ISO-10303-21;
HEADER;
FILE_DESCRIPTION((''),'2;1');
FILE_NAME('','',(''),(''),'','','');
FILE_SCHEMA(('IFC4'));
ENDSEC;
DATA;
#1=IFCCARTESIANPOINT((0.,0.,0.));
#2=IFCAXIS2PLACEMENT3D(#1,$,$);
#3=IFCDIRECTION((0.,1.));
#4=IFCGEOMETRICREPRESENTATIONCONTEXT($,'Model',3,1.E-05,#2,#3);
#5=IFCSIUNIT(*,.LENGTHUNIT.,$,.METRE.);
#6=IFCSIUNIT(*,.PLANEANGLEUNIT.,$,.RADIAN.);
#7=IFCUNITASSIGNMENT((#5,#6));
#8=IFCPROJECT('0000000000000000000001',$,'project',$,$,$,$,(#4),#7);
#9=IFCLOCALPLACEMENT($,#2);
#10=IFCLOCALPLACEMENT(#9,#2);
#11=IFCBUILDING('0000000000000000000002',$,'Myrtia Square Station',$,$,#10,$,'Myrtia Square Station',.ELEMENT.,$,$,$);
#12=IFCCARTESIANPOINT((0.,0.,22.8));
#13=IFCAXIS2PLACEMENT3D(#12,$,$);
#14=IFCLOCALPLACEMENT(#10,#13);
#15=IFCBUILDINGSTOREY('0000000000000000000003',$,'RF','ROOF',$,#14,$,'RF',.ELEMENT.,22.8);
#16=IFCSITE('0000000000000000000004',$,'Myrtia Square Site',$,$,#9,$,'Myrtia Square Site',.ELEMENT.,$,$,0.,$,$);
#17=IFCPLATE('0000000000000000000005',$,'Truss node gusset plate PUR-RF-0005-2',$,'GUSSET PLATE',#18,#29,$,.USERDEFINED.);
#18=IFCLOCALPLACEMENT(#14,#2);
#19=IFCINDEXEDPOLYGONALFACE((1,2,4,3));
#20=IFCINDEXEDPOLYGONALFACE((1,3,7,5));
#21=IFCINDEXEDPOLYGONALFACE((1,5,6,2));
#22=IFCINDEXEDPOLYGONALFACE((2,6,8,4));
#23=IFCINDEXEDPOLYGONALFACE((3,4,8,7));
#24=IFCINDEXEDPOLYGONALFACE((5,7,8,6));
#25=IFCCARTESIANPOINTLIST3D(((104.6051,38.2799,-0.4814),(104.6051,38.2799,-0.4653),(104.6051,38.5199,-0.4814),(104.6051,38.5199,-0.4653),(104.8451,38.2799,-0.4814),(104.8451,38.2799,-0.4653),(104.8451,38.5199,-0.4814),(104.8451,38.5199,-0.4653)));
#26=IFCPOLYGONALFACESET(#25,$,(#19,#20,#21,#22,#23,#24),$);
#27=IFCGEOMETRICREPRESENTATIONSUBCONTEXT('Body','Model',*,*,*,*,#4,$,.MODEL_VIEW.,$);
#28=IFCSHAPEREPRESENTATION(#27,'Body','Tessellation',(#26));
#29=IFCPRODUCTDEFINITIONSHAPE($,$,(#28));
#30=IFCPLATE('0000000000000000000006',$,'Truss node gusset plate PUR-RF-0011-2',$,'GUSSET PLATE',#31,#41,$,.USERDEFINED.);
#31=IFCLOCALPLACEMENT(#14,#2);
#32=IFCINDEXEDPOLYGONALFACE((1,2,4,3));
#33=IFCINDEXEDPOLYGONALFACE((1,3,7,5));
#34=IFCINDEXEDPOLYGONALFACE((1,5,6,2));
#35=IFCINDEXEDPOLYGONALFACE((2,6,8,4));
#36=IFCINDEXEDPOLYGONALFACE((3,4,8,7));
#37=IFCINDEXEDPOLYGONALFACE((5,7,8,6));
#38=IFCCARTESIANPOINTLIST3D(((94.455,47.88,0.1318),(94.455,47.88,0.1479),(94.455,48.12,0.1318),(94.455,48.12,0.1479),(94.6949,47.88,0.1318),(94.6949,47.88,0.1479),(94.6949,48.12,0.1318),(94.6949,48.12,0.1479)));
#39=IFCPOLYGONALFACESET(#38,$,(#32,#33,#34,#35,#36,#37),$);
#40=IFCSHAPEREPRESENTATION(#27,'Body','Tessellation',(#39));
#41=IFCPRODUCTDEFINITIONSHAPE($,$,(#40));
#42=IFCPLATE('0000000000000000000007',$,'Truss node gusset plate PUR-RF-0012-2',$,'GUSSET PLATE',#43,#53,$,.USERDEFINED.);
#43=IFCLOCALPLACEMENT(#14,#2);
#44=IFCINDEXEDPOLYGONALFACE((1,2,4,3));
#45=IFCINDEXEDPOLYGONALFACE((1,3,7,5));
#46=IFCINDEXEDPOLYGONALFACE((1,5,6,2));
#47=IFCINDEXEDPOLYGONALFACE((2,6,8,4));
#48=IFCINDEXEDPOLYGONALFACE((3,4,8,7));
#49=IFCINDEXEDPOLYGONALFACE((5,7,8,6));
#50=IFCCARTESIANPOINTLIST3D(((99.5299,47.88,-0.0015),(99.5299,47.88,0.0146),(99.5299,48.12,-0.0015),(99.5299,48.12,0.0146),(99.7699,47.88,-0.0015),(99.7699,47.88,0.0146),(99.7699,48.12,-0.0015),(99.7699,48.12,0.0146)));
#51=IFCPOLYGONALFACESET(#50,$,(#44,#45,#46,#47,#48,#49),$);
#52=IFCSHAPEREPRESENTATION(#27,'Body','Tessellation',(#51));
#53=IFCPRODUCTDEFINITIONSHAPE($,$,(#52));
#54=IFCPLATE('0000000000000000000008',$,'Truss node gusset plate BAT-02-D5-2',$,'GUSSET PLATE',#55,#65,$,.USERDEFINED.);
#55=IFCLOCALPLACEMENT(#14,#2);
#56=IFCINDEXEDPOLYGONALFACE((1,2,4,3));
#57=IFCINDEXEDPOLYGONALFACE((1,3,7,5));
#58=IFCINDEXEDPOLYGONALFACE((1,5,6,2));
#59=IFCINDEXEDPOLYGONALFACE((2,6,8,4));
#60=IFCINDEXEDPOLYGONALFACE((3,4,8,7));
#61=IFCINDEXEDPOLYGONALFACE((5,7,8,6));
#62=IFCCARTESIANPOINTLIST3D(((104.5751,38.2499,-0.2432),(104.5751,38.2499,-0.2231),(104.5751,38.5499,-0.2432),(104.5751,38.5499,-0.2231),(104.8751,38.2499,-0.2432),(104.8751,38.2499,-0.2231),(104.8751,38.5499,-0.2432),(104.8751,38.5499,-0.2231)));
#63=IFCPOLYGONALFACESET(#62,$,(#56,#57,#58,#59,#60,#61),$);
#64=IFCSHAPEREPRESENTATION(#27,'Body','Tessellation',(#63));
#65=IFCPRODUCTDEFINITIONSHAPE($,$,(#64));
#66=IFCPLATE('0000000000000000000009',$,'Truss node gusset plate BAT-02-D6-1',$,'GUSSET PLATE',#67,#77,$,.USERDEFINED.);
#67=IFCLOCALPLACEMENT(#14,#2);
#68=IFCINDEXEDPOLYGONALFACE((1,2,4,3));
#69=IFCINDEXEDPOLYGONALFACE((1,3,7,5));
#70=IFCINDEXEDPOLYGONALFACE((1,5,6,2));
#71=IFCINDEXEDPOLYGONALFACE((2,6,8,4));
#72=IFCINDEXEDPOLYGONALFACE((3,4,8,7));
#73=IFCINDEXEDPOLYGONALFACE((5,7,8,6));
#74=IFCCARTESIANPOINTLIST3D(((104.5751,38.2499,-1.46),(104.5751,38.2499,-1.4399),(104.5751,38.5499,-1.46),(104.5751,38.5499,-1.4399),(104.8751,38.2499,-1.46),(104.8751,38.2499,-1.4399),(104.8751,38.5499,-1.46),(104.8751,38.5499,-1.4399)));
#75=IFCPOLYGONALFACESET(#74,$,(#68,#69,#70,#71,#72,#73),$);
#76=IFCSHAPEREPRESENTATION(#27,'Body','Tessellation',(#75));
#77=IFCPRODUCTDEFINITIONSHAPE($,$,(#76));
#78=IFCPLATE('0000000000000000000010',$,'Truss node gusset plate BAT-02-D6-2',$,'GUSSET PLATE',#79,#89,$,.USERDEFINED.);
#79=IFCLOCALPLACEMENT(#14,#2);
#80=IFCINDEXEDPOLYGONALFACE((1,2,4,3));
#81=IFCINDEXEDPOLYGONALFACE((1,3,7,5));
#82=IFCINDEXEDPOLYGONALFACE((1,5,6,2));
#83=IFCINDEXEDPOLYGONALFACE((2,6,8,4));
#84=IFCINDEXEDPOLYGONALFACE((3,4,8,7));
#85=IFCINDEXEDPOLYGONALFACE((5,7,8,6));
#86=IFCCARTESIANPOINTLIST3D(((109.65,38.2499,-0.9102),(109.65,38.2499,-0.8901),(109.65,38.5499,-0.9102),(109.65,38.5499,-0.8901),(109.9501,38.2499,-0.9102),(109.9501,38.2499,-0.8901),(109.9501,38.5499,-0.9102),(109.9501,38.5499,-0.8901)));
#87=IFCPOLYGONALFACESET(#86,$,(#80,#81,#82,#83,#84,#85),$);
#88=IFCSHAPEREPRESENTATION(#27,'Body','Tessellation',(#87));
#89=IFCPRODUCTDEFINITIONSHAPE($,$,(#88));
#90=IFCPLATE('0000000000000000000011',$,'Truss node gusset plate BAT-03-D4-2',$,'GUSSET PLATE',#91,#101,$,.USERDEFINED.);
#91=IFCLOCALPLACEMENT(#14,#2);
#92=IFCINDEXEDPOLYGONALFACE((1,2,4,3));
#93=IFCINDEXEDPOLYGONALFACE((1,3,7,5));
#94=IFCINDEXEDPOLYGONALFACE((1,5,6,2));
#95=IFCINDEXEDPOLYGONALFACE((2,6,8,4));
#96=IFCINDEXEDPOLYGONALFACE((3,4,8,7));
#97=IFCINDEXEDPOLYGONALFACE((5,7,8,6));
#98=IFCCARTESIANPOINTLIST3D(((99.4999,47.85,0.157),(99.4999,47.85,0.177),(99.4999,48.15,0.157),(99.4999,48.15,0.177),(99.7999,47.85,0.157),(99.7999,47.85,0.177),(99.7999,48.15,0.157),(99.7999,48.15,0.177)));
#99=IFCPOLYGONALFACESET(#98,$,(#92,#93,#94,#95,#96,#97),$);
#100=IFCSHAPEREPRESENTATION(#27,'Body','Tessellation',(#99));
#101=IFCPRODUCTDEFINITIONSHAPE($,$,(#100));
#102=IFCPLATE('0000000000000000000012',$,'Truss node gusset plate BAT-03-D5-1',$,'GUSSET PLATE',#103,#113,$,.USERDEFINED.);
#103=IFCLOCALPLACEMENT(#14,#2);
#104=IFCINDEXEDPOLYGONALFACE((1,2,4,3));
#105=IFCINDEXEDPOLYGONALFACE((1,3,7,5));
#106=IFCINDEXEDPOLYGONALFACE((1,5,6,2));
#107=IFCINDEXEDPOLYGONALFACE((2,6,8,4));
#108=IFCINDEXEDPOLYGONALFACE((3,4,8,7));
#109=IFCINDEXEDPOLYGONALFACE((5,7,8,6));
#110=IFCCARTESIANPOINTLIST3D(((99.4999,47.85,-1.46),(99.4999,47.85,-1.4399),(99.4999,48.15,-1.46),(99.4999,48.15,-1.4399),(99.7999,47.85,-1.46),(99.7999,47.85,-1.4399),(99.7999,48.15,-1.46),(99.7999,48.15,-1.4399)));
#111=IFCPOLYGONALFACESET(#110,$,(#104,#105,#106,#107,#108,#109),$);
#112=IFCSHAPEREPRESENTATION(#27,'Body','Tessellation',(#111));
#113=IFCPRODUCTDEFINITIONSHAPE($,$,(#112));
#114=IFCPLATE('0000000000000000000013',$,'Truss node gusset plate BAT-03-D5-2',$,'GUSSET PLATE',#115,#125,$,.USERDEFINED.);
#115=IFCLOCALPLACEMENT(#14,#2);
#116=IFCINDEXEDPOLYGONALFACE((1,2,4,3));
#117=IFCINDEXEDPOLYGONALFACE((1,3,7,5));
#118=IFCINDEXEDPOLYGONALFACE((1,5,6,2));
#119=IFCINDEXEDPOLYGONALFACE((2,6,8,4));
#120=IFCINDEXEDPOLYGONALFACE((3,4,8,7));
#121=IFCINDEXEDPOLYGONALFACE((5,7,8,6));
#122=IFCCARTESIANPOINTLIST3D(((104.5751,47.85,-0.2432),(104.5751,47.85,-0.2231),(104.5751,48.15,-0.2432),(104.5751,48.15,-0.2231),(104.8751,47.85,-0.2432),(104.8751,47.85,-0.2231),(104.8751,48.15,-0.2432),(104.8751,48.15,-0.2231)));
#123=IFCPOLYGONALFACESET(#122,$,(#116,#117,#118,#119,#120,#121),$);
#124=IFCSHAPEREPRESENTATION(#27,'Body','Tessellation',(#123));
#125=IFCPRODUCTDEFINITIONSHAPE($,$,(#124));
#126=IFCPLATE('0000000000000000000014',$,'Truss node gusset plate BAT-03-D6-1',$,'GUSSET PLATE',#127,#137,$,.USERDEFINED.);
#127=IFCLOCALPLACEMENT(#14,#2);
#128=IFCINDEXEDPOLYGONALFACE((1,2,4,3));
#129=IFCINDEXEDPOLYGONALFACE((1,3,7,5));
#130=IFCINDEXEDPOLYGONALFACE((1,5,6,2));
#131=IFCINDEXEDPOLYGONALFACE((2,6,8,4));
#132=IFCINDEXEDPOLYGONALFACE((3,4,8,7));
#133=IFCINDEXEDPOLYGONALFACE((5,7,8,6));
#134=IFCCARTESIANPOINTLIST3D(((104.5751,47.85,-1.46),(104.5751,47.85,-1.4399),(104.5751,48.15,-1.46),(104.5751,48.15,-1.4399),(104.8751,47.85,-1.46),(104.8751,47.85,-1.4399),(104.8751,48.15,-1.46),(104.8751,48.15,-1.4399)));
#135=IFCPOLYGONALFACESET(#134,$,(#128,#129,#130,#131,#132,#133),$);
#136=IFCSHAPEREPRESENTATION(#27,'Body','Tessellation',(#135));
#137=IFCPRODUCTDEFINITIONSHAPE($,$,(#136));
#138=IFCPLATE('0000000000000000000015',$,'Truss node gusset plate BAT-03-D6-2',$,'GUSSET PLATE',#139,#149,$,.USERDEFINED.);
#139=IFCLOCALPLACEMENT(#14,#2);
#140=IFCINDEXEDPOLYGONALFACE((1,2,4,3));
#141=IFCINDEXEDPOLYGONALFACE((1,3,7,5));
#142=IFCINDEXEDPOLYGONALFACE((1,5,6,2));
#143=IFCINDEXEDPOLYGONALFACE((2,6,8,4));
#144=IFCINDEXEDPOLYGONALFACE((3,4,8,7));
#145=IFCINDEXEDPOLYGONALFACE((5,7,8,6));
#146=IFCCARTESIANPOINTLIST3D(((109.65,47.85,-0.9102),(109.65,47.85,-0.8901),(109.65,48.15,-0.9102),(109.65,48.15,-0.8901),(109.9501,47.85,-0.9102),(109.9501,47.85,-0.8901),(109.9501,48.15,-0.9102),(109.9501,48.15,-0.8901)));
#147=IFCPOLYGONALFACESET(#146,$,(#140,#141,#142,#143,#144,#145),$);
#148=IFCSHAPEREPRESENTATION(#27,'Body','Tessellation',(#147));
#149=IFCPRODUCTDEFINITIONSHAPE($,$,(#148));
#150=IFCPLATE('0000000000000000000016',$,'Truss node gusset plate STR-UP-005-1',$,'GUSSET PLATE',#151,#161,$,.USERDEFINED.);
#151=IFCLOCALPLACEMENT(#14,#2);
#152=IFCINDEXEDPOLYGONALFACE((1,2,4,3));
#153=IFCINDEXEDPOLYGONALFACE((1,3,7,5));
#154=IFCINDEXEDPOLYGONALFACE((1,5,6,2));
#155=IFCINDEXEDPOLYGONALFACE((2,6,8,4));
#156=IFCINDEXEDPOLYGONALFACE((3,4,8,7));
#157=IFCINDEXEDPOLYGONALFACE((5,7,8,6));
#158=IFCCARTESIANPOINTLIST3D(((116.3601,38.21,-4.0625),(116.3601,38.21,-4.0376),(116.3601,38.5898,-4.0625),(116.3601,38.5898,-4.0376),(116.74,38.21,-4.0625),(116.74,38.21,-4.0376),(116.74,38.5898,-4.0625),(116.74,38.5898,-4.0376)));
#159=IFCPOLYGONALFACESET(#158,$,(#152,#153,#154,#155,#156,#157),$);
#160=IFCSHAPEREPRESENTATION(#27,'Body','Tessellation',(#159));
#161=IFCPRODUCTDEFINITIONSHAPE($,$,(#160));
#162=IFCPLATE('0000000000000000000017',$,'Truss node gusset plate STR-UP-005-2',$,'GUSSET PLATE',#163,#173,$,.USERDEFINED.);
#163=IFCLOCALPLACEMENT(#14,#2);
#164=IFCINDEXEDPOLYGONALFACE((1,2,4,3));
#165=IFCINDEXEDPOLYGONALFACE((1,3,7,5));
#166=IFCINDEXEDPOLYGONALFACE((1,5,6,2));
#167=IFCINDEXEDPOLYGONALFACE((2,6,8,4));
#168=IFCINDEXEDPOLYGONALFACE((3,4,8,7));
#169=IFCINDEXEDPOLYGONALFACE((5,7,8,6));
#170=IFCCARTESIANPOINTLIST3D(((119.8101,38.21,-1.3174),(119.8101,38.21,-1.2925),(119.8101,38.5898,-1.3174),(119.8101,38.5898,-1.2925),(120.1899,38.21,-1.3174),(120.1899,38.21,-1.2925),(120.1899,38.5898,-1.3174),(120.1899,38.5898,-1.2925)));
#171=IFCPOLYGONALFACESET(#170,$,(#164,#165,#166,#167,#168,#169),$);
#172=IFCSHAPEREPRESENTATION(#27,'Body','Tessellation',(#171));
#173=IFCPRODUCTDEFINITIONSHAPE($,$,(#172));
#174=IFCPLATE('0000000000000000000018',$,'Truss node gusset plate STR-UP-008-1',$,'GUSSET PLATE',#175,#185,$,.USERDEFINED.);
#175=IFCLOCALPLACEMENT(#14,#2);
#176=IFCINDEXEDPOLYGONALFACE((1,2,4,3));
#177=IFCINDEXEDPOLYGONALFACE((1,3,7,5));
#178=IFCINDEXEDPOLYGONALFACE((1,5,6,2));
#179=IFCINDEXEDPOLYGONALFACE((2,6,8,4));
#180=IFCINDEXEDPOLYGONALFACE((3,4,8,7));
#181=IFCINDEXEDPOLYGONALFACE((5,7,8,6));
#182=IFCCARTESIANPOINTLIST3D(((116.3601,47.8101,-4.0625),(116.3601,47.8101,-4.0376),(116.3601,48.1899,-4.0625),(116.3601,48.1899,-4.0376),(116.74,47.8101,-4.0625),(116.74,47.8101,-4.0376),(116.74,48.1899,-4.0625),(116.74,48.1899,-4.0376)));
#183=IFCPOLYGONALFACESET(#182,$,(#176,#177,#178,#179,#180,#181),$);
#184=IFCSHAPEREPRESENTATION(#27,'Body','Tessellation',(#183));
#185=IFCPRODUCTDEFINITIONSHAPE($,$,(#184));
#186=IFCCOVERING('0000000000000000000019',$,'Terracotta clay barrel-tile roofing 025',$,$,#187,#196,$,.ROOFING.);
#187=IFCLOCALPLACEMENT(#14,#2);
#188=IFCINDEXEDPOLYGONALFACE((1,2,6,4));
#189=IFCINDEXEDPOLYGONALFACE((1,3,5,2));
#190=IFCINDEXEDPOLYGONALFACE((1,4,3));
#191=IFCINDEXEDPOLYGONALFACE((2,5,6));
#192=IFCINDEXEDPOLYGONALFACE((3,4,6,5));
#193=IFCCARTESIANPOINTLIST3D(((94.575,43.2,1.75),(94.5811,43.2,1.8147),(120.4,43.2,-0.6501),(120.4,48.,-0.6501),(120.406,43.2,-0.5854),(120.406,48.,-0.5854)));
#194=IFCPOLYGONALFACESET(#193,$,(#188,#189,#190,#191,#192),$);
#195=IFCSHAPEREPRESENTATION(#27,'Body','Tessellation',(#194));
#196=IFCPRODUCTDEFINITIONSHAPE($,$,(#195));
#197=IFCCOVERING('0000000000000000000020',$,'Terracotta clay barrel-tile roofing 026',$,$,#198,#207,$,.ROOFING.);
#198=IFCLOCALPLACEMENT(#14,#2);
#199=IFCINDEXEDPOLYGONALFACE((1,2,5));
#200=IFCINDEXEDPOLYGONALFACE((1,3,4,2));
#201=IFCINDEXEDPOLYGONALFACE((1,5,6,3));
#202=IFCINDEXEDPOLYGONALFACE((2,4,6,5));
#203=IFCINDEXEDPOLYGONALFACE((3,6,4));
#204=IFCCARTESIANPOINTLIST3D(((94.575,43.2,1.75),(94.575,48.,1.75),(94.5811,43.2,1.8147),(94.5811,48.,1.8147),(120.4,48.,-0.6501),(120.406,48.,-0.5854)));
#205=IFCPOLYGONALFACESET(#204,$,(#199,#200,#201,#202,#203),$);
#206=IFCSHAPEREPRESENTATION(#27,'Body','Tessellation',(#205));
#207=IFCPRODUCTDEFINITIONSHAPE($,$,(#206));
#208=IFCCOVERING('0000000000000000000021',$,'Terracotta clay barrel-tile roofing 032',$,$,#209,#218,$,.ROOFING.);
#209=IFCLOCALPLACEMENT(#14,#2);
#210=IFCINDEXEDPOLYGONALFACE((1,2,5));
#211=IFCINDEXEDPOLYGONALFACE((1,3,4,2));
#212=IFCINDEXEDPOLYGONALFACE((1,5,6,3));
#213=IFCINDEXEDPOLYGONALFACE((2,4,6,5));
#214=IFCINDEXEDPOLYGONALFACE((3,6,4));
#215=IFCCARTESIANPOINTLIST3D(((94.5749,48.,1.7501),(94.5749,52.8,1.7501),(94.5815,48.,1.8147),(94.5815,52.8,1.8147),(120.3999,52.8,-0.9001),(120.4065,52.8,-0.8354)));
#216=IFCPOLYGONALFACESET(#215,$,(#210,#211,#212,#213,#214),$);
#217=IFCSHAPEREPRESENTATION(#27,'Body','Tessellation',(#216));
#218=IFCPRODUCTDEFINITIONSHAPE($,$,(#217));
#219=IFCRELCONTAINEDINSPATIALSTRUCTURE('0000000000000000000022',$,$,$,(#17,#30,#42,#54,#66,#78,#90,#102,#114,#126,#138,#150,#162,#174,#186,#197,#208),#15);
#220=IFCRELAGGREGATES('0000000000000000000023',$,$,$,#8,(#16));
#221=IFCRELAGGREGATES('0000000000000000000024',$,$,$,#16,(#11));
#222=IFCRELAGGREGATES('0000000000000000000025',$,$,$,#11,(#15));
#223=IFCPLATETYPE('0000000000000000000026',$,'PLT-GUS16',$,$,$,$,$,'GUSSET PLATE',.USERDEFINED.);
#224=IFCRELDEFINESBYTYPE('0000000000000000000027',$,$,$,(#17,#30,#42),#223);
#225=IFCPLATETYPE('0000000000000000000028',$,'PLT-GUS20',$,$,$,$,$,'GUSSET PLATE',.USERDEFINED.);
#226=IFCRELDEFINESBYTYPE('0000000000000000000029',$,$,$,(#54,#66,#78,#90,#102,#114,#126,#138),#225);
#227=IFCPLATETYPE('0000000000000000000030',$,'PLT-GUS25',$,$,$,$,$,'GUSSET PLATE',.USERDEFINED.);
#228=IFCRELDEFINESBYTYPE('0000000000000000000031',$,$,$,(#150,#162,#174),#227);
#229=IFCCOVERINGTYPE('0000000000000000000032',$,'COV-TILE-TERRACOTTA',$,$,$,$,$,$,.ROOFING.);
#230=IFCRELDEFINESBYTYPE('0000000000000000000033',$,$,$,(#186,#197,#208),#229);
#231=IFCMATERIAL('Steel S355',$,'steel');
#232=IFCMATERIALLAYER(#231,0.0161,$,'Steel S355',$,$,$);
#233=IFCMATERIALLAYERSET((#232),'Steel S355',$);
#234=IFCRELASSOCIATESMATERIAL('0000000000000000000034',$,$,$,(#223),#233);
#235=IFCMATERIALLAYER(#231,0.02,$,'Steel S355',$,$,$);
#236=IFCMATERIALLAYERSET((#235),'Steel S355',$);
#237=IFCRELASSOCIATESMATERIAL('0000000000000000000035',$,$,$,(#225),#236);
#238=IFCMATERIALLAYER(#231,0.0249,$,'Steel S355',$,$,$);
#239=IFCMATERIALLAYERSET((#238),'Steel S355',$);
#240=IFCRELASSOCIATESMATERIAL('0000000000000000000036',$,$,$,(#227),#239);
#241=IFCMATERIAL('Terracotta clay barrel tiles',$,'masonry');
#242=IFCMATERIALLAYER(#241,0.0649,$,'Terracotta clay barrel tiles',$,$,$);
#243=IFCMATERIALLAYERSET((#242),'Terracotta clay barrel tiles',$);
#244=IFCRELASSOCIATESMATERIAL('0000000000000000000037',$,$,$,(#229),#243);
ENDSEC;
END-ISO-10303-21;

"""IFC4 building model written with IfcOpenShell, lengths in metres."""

from ifc_helpers import new_model, si_unit, direction, frame, origin, origin_2d, place, context, subcontext, project, spatial, polyline, rectangle, outline, extrude, material, layer, layer_set, type_object, element, save


model = new_model("IFC4")

# Units and contexts
model_context = context("Model", 3, precision=1e-05, world=origin(), true_north=direction((0.0, 1.0)))
body_context = subcontext(model_context, "Body", "Model", "MODEL_VIEW")
ifc_project = project(units=[si_unit("LENGTHUNIT", "METRE"), si_unit("PLANEANGLEUNIT", "RADIAN")], contexts=[model_context])

# Site, building, storey
site_placement = place(None, origin())
site = spatial("IfcSite", under=ifc_project, at=site_placement, Name="Myrtia Square Site", LongName="Myrtia Square Site", CompositionType="ELEMENT", RefElevation=0.0)
building_placement = place(site_placement, origin())
building = spatial("IfcBuilding", under=site, at=building_placement, Name="Myrtia Square Station", LongName="Myrtia Square Station", CompositionType="ELEMENT")
storey_placement = place(building_placement, frame((0.0, 0.0, 22.8)))
storey = spatial("IfcBuildingStorey", under=building, at=storey_placement, Name="RF", Description="ROOF", LongName="RF", CompositionType="ELEMENT", Elevation=22.8)

# Shared definitions
ifc_material_1 = material(Name="Steel S355", Category="steel")

# Plates
ifc_layer_1 = layer(ifc_material_1, 0.0161, Name="Steel S355")
ifc_layer_set_1 = layer_set([ifc_layer_1], Name="Steel S355")
plate_type_1 = type_object("IfcPlateType", Name="PLT-GUS16", ElementType="GUSSET PLATE", PredefinedType="USERDEFINED", material=ifc_layer_set_1)
for number, where, z_axis, x_axis, name in (
    (1, (104.7251, 38.3999, -0.4814), (0.0, 0.0, 1.0), (0.0, 1.0, 0.0), "Truss node gusset plate PUR-RF-0005-2"),
    (2, (94.575, 48.0, 0.1318), (0.0, 0.0, 1.0), (0.0, 1.0, 0.0), "Truss node gusset plate PUR-RF-0011-2"),
    (3, (99.6499, 48.0, -0.0015), (0.0, 0.0, 1.0), (0.0, 1.0, 0.0), "Truss node gusset plate PUR-RF-0012-2"),
):
    element("IfcPlate", number, at=place(storey_placement, frame(where, z_axis=z_axis, x_axis=x_axis)), inside=storey, type_object=plate_type_1, Name=name, ObjectType="GUSSET PLATE", PredefinedType="USERDEFINED", context=body_context, shape_type="SweptSolid", body=[
        extrude(rectangle(XDim=0.24, YDim=0.24, at=origin_2d()), origin(), (0.0, 0.0, 1.0), 0.0161),
    ])
ifc_layer_2 = layer(ifc_material_1, 0.02, Name="Steel S355")
ifc_layer_set_2 = layer_set([ifc_layer_2], Name="Steel S355")
plate_type_2 = type_object("IfcPlateType", Name="PLT-GUS20", ElementType="GUSSET PLATE", PredefinedType="USERDEFINED", material=ifc_layer_set_2)
for number, where, z_axis, x_axis, name in (
    (4, (104.7251, 38.3999, -0.2432), (0.0, 0.0, 1.0), (1.0, 0.0, 0.0), "Truss node gusset plate BAT-02-D5-2"),
    (5, (104.7251, 38.3999, -1.46), (0.0, 0.0, 1.0), (1.0, 0.0, 0.0), "Truss node gusset plate BAT-02-D6-1"),
    (6, (109.8, 38.3999, -0.9102), (0.0, 0.0, 1.0), (1.0, 0.0, 0.0), "Truss node gusset plate BAT-02-D6-2"),
    (7, (99.6499, 48.0, 0.157), (0.0, 0.0, 1.0), (1.0, 0.0, 0.0), "Truss node gusset plate BAT-03-D4-2"),
    (8, (99.6499, 48.0, -1.46), (0.0, 0.0, 1.0), (1.0, 0.0, 0.0), "Truss node gusset plate BAT-03-D5-1"),
    (9, (104.7251, 48.0, -0.2432), (0.0, 0.0, 1.0), (1.0, 0.0, 0.0), "Truss node gusset plate BAT-03-D5-2"),
    (10, (104.7251, 48.0, -1.46), (0.0, 0.0, 1.0), (1.0, 0.0, 0.0), "Truss node gusset plate BAT-03-D6-1"),
    (11, (109.8, 48.0, -0.9102), (0.0, 0.0, 1.0), (1.0, 0.0, 0.0), "Truss node gusset plate BAT-03-D6-2"),
):
    element("IfcPlate", number, at=place(storey_placement, frame(where, z_axis=z_axis, x_axis=x_axis)), inside=storey, type_object=plate_type_2, Name=name, ObjectType="GUSSET PLATE", PredefinedType="USERDEFINED", context=body_context, shape_type="SweptSolid", body=[
        extrude(rectangle(XDim=0.3, YDim=0.3, at=origin_2d()), origin(), (0.0, 0.0, 1.0), 0.02),
    ])
ifc_layer_3 = layer(ifc_material_1, 0.0249, Name="Steel S355")
ifc_layer_set_3 = layer_set([ifc_layer_3], Name="Steel S355")
plate_type_3 = type_object("IfcPlateType", Name="PLT-GUS25", ElementType="GUSSET PLATE", PredefinedType="USERDEFINED", material=ifc_layer_set_3)
for number, where, z_axis, x_axis, name in (
    (12, (116.55, 38.3999, -4.0625), (0.0, 0.0, 1.0), (1.0, 0.0, 0.0), "Truss node gusset plate STR-UP-005-1"),
    (13, (120.0, 38.3999, -1.3174), (0.0, 0.0, 1.0), (1.0, 0.0, 0.0), "Truss node gusset plate STR-UP-005-2"),
    (14, (116.55, 48.0, -4.0625), (0.0, 0.0, 1.0), (1.0, 0.0, 0.0), "Truss node gusset plate STR-UP-008-1"),
):
    element("IfcPlate", number, at=place(storey_placement, frame(where, z_axis=z_axis, x_axis=x_axis)), inside=storey, type_object=plate_type_3, Name=name, ObjectType="GUSSET PLATE", PredefinedType="USERDEFINED", context=body_context, shape_type="SweptSolid", body=[
        extrude(rectangle(XDim=0.3799, YDim=0.3799, at=origin_2d()), origin(), (0.0, 0.0, 1.0), 0.0249),
    ])

# Coverings
ifc_material_2 = material(Name="Terracotta clay barrel tiles", Category="masonry")
ifc_layer_4 = layer(ifc_material_2, 0.0649, Name="Terracotta clay barrel tiles")
ifc_layer_set_4 = layer_set([ifc_layer_4], Name="Terracotta clay barrel tiles")
covering_type = type_object("IfcCoveringType", Name="COV-TILE-TERRACOTTA", PredefinedType="ROOFING", material=ifc_layer_set_4)
covering_1_placement = place(storey_placement, frame((94.5811, 43.2, 1.8147), z_axis=(0.09254, 0.0, 0.995709), x_axis=(0.995709, 0.0, -0.09254)))
element("IfcCovering", 15, at=covering_1_placement, inside=storey, type_object=covering_type, Name="Terracotta clay barrel-tile roofing 025", PredefinedType="ROOFING", context=body_context, shape_type="SweptSolid", body=[
    extrude(outline(polyline([(0.0, 0.0), (25.9362, 0.0), (25.9362, 4.8), (0.0, 0.0)])), origin(), (0.0, 0.0, -1.0), 0.0649),
])
covering_2_placement = place(storey_placement, frame((94.5811, 43.2, 1.8147), z_axis=(0.09254, 0.0, 0.995709), x_axis=(0.979083, 0.181981, -0.090995)))
element("IfcCovering", 16, at=covering_2_placement, inside=storey, type_object=covering_type, Name="Terracotta clay barrel-tile roofing 026", PredefinedType="ROOFING", context=body_context, shape_type="SweptSolid", body=[
    extrude(outline(polyline([(0.0, 0.0), (26.3767, 0.0), (0.8735, 4.7199), (0.0, 0.0)])), origin(), (0.0, 0.0, -1.0), 0.0649),
])
covering_3_placement = place(storey_placement, frame((94.5815, 48.0, 1.8147), z_axis=(0.102084, 0.0, 0.994776), x_axis=(0.978195, 0.181816, -0.100382)))
element("IfcCovering", 17, at=covering_3_placement, inside=storey, type_object=covering_type, Name="Terracotta clay barrel-tile roofing 032", PredefinedType="ROOFING", context=body_context, shape_type="SweptSolid", body=[
    extrude(outline(polyline([(0.0, 0.0), (26.4006, 0.0), (0.8727, 4.72), (0.0, 0.0)])), origin(), (0.0, 0.0, -1.0), 0.0649),
])

save(model, "model.ifc")
